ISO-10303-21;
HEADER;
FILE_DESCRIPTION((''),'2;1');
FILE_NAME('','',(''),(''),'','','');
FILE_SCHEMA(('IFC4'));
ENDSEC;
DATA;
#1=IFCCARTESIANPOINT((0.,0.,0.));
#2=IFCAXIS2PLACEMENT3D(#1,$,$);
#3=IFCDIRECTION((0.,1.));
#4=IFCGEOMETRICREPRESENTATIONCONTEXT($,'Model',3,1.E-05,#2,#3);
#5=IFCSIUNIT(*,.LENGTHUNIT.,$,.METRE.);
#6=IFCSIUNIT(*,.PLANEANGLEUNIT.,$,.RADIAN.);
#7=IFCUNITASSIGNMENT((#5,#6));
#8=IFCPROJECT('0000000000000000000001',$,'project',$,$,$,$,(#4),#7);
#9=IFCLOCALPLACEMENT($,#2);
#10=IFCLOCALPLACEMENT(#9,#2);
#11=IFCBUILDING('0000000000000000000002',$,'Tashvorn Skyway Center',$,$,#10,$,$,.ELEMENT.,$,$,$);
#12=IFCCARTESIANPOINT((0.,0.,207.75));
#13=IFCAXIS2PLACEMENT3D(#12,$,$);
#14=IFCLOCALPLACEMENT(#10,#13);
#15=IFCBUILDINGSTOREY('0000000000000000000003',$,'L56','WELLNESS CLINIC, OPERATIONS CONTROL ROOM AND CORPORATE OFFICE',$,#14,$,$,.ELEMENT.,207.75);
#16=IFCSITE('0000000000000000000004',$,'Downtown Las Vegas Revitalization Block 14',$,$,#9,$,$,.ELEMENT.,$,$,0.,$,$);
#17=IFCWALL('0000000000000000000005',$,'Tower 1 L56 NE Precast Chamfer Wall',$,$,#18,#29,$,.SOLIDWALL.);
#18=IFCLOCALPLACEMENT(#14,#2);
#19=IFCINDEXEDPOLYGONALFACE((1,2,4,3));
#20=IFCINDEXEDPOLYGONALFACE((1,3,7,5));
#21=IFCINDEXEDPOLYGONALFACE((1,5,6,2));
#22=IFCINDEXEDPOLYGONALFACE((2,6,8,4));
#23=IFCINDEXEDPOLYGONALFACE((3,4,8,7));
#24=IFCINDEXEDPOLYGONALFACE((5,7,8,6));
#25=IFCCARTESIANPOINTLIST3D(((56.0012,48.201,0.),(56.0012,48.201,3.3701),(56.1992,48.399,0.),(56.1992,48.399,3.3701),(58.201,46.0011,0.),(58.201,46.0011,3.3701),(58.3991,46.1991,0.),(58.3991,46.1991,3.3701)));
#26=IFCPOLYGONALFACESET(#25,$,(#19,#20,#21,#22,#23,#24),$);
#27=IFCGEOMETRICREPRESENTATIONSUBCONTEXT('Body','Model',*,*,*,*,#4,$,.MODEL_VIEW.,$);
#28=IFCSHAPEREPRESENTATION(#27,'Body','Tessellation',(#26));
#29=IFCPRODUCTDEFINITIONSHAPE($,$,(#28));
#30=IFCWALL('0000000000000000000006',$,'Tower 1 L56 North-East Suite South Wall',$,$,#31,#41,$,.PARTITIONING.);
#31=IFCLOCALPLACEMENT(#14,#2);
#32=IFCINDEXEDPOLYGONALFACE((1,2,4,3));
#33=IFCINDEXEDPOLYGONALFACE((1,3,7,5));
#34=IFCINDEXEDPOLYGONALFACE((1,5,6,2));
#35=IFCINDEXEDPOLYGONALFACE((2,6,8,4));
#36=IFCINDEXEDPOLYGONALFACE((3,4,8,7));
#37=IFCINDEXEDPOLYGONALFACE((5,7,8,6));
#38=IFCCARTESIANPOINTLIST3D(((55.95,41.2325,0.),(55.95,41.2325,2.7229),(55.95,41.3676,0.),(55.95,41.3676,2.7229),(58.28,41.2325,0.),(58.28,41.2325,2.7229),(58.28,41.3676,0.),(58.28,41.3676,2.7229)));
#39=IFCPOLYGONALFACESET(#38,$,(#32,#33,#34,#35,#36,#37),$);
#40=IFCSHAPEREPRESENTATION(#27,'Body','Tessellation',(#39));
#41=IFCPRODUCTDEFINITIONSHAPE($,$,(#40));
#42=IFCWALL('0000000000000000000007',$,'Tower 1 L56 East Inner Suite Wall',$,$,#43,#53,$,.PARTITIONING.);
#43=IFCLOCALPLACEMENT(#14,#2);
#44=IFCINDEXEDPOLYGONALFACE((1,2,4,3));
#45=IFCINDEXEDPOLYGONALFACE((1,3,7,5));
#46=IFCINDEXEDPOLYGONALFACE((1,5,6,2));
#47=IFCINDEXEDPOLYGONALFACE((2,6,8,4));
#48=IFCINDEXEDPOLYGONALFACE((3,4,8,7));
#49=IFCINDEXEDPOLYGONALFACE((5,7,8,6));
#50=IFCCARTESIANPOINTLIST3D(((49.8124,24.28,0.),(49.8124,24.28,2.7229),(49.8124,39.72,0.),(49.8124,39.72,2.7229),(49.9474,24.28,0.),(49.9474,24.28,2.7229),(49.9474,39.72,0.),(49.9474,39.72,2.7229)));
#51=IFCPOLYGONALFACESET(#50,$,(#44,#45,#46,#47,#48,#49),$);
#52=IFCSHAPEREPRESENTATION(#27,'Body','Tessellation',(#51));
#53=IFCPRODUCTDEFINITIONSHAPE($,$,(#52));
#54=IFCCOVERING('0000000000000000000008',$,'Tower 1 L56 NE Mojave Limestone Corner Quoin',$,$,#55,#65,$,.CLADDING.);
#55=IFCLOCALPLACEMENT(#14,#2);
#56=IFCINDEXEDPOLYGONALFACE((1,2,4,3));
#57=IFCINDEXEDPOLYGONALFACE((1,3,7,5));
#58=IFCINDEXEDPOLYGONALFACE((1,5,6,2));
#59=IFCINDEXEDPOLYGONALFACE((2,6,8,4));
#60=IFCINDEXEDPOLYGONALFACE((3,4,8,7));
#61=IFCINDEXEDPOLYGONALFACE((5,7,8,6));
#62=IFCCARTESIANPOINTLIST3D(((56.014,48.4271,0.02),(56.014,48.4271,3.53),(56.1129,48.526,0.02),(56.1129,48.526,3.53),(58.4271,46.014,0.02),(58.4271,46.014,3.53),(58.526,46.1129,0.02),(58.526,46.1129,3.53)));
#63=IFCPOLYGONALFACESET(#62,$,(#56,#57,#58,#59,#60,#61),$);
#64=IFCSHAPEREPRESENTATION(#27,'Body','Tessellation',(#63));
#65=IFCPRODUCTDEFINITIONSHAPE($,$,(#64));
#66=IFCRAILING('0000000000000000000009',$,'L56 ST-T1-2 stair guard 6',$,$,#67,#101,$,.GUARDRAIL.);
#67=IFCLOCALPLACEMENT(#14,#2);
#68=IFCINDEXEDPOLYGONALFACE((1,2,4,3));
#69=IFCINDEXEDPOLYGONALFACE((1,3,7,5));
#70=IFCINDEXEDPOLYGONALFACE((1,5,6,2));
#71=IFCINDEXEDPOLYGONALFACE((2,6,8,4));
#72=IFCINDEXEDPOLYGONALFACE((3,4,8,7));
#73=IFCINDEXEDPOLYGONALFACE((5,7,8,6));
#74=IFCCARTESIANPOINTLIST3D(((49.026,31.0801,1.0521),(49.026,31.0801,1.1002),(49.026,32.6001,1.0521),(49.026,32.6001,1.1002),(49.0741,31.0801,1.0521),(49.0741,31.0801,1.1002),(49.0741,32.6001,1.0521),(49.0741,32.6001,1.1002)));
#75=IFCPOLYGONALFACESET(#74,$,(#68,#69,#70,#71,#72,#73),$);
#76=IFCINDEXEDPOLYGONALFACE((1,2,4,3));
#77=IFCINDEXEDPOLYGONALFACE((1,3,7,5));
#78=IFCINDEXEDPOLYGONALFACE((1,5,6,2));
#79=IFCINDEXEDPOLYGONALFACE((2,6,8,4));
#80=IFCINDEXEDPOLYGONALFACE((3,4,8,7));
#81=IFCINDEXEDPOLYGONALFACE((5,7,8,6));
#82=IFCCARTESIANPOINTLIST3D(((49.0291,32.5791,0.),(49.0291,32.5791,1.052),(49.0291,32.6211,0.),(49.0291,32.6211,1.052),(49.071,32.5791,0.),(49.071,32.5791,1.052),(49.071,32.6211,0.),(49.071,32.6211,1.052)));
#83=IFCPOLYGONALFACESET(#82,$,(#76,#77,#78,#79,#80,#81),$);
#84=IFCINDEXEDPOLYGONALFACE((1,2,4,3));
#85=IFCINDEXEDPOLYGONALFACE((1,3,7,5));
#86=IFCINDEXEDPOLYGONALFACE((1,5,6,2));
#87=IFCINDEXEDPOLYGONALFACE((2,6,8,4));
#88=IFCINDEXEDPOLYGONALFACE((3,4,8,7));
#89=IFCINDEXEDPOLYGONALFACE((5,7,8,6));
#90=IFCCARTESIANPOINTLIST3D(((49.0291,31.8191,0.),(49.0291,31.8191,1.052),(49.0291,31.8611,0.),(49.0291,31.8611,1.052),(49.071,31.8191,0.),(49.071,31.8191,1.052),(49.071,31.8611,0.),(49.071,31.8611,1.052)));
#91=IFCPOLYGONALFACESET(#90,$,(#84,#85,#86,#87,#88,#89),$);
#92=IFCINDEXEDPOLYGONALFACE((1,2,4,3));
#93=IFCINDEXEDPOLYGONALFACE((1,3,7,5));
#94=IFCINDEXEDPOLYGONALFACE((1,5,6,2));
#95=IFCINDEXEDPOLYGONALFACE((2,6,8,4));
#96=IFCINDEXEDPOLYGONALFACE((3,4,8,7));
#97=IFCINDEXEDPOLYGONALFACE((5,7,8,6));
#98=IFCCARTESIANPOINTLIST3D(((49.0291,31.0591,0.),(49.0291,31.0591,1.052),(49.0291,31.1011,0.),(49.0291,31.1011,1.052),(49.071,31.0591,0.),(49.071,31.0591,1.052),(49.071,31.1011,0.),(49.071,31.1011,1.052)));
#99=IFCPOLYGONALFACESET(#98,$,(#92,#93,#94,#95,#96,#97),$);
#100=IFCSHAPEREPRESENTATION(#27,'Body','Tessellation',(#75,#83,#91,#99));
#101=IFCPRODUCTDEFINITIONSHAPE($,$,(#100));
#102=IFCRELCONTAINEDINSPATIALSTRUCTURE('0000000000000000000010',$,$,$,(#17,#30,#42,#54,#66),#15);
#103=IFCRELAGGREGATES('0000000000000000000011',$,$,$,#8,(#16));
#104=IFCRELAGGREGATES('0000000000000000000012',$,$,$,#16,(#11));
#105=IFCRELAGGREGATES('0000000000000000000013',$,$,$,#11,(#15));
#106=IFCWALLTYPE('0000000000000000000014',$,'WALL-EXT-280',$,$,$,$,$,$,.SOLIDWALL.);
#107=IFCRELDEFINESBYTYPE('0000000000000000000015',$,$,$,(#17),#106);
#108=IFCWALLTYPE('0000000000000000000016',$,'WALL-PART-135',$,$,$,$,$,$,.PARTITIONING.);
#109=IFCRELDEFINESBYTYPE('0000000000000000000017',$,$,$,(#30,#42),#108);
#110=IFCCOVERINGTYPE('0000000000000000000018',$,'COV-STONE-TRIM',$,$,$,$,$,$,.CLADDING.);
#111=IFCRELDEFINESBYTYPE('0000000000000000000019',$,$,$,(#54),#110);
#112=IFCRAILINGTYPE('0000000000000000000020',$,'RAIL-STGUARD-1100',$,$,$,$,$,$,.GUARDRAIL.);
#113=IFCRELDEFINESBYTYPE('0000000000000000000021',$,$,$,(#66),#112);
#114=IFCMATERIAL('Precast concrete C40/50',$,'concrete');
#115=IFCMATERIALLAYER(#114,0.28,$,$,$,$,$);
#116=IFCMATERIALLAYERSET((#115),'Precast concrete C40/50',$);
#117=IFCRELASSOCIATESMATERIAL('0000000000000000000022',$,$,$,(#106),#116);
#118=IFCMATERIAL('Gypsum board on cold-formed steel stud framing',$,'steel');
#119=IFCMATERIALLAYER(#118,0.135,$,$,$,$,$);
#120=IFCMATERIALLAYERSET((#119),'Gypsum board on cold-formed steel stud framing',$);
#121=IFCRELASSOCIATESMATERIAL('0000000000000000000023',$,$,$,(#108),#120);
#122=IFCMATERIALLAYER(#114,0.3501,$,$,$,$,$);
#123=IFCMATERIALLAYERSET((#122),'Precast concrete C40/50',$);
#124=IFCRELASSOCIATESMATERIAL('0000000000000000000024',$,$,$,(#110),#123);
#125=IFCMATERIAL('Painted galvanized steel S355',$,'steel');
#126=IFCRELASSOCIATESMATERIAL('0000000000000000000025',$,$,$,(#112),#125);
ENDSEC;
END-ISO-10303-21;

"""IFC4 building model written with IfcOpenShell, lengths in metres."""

from ifc_helpers import new_model, si_unit, direction, frame, frame_2d, origin, origin_2d, place, context, subcontext, project, spatial, rectangle, extrude, material, layer, layer_set, type_object, element, save


model = new_model("IFC4")

# Units and contexts
model_context = context("Model", 3, precision=1e-05, world=origin(), true_north=direction((0.0, 1.0)))
body_context = subcontext(model_context, "Body", "Model", "MODEL_VIEW")
ifc_project = project(units=[si_unit("LENGTHUNIT", "METRE"), si_unit("PLANEANGLEUNIT", "RADIAN")], contexts=[model_context])

# Site, building, storey
site_placement = place(None, origin())
site = spatial("IfcSite", under=ifc_project, at=site_placement, Name="Downtown Las Vegas Revitalization Block 14", CompositionType="ELEMENT", RefElevation=0.0)
building_placement = place(site_placement, origin())
building = spatial("IfcBuilding", under=site, at=building_placement, Name="Tashvorn Skyway Center", CompositionType="ELEMENT")
storey_placement = place(building_placement, frame((0.0, 0.0, 207.75)))
storey = spatial("IfcBuildingStorey", under=building, at=storey_placement, Name="L56", Description="WELLNESS CLINIC, OPERATIONS CONTROL ROOM AND CORPORATE OFFICE", CompositionType="ELEMENT", Elevation=207.75)

# Walls
ifc_material_1 = material(Name="Precast concrete C40/50", Category="concrete")
ifc_layer_1 = layer(ifc_material_1, 0.28)
ifc_layer_set_1 = layer_set([ifc_layer_1], Name="Precast concrete C40/50")
wall_type_1 = type_object("IfcWallType", Name="WALL-EXT-280", PredefinedType="SOLIDWALL", material=ifc_layer_set_1)
wall_1_placement = place(storey_placement, frame((56.1001, 48.3, 0.0), z_axis=(0.0, 0.0, 1.0), x_axis=(0.707107, -0.707107, 0.0)))
element("IfcWall", 1, at=wall_1_placement, inside=storey, type_object=wall_type_1, Name="Tower 1 L56 NE Precast Chamfer Wall", PredefinedType="SOLIDWALL", context=body_context, shape_type="SweptSolid", body=[
    extrude(rectangle(XDim=3.1111, YDim=0.28, at=frame_2d((1.5557, 0.0))), origin(), (0.0, 0.0, 1.0), 3.3701),
])
ifc_material_2 = material(Name="Gypsum board on cold-formed steel stud framing", Category="steel")
ifc_layer_2 = layer(ifc_material_2, 0.135)
ifc_layer_set_2 = layer_set([ifc_layer_2], Name="Gypsum board on cold-formed steel stud framing")
wall_type_2 = type_object("IfcWallType", Name="WALL-PART-135", PredefinedType="PARTITIONING", material=ifc_layer_set_2)
wall_2_placement = place(storey_placement, frame((55.95, 41.3, 0.0), z_axis=(0.0, 0.0, 1.0), x_axis=(1.0, 0.0, 0.0)))
element("IfcWall", 2, at=wall_2_placement, inside=storey, type_object=wall_type_2, Name="Tower 1 L56 North-East Suite South Wall", PredefinedType="PARTITIONING", context=body_context, shape_type="SweptSolid", body=[
    extrude(rectangle(XDim=2.3301, YDim=0.135, at=frame_2d((1.165, 0.0))), origin(), (0.0, 0.0, 1.0), 2.7229),
])
wall_3_placement = place(storey_placement, frame((49.8799, 39.72, 0.0), z_axis=(0.0, 0.0, 1.0), x_axis=(0.0, -1.0, 0.0)))
element("IfcWall", 3, at=wall_3_placement, inside=storey, type_object=wall_type_2, Name="Tower 1 L56 East Inner Suite Wall", PredefinedType="PARTITIONING", context=body_context, shape_type="SweptSolid", body=[
    extrude(rectangle(XDim=15.4399, YDim=0.135, at=frame_2d((7.72, 0.0))), origin(), (0.0, 0.0, 1.0), 2.7229),
])

# Covering
ifc_layer_3 = layer(ifc_material_1, 0.3501)
ifc_layer_set_3 = layer_set([ifc_layer_3], Name="Precast concrete C40/50")
covering_type = type_object("IfcCoveringType", Name="COV-STONE-TRIM", PredefinedType="CLADDING", material=ifc_layer_set_3)
covering_placement = place(storey_placement, frame((57.27, 47.27, 0.02), z_axis=(0.0, 0.0, 1.0), x_axis=(0.707107, -0.707107, 0.0)))
element("IfcCovering", 4, at=covering_placement, inside=storey, type_object=covering_type, Name="Tower 1 L56 NE Mojave Limestone Corner Quoin", PredefinedType="CLADDING", context=body_context, shape_type="SweptSolid", body=[
    extrude(rectangle(XDim=3.4126, YDim=0.1399, at=origin_2d()), origin(), (0.0, 0.0, 1.0), 3.51),
])

# Railing
ifc_material_3 = material(Name="Painted galvanized steel S355", Category="steel")
railing_type = type_object("IfcRailingType", Name="RAIL-STGUARD-1100", PredefinedType="GUARDRAIL", material=ifc_material_3)
railing_placement = place(storey_placement, frame((49.05, 32.6001, 0.0)))
element("IfcRailing", 5, at=railing_placement, inside=storey, type_object=railing_type, Name="L56 ST-T1-2 stair guard 6", PredefinedType="GUARDRAIL", context=body_context, shape_type="SweptSolid", body=[
    extrude(rectangle(XDim=0.0481, YDim=0.0481, at=origin_2d()), frame((0.0, 0.0, 1.0762), z_axis=(0.0, -1.0, 0.0), x_axis=(1.0, 0.0, 0.0)), (0.0, 0.0, 1.0), 1.52),
    extrude(rectangle(XDim=0.042, YDim=0.042, at=origin_2d()), origin(), (0.0, 0.0, 1.0), 1.052),
    extrude(rectangle(XDim=0.042, YDim=0.042, at=origin_2d()), frame((0.0, -0.76, 0.0)), (0.0, 0.0, 1.0), 1.052),
    extrude(rectangle(XDim=0.042, YDim=0.042, at=origin_2d()), frame((0.0, -1.52, 0.0)), (0.0, 0.0, 1.0), 1.052),
])

save(model, "model.ifc")
